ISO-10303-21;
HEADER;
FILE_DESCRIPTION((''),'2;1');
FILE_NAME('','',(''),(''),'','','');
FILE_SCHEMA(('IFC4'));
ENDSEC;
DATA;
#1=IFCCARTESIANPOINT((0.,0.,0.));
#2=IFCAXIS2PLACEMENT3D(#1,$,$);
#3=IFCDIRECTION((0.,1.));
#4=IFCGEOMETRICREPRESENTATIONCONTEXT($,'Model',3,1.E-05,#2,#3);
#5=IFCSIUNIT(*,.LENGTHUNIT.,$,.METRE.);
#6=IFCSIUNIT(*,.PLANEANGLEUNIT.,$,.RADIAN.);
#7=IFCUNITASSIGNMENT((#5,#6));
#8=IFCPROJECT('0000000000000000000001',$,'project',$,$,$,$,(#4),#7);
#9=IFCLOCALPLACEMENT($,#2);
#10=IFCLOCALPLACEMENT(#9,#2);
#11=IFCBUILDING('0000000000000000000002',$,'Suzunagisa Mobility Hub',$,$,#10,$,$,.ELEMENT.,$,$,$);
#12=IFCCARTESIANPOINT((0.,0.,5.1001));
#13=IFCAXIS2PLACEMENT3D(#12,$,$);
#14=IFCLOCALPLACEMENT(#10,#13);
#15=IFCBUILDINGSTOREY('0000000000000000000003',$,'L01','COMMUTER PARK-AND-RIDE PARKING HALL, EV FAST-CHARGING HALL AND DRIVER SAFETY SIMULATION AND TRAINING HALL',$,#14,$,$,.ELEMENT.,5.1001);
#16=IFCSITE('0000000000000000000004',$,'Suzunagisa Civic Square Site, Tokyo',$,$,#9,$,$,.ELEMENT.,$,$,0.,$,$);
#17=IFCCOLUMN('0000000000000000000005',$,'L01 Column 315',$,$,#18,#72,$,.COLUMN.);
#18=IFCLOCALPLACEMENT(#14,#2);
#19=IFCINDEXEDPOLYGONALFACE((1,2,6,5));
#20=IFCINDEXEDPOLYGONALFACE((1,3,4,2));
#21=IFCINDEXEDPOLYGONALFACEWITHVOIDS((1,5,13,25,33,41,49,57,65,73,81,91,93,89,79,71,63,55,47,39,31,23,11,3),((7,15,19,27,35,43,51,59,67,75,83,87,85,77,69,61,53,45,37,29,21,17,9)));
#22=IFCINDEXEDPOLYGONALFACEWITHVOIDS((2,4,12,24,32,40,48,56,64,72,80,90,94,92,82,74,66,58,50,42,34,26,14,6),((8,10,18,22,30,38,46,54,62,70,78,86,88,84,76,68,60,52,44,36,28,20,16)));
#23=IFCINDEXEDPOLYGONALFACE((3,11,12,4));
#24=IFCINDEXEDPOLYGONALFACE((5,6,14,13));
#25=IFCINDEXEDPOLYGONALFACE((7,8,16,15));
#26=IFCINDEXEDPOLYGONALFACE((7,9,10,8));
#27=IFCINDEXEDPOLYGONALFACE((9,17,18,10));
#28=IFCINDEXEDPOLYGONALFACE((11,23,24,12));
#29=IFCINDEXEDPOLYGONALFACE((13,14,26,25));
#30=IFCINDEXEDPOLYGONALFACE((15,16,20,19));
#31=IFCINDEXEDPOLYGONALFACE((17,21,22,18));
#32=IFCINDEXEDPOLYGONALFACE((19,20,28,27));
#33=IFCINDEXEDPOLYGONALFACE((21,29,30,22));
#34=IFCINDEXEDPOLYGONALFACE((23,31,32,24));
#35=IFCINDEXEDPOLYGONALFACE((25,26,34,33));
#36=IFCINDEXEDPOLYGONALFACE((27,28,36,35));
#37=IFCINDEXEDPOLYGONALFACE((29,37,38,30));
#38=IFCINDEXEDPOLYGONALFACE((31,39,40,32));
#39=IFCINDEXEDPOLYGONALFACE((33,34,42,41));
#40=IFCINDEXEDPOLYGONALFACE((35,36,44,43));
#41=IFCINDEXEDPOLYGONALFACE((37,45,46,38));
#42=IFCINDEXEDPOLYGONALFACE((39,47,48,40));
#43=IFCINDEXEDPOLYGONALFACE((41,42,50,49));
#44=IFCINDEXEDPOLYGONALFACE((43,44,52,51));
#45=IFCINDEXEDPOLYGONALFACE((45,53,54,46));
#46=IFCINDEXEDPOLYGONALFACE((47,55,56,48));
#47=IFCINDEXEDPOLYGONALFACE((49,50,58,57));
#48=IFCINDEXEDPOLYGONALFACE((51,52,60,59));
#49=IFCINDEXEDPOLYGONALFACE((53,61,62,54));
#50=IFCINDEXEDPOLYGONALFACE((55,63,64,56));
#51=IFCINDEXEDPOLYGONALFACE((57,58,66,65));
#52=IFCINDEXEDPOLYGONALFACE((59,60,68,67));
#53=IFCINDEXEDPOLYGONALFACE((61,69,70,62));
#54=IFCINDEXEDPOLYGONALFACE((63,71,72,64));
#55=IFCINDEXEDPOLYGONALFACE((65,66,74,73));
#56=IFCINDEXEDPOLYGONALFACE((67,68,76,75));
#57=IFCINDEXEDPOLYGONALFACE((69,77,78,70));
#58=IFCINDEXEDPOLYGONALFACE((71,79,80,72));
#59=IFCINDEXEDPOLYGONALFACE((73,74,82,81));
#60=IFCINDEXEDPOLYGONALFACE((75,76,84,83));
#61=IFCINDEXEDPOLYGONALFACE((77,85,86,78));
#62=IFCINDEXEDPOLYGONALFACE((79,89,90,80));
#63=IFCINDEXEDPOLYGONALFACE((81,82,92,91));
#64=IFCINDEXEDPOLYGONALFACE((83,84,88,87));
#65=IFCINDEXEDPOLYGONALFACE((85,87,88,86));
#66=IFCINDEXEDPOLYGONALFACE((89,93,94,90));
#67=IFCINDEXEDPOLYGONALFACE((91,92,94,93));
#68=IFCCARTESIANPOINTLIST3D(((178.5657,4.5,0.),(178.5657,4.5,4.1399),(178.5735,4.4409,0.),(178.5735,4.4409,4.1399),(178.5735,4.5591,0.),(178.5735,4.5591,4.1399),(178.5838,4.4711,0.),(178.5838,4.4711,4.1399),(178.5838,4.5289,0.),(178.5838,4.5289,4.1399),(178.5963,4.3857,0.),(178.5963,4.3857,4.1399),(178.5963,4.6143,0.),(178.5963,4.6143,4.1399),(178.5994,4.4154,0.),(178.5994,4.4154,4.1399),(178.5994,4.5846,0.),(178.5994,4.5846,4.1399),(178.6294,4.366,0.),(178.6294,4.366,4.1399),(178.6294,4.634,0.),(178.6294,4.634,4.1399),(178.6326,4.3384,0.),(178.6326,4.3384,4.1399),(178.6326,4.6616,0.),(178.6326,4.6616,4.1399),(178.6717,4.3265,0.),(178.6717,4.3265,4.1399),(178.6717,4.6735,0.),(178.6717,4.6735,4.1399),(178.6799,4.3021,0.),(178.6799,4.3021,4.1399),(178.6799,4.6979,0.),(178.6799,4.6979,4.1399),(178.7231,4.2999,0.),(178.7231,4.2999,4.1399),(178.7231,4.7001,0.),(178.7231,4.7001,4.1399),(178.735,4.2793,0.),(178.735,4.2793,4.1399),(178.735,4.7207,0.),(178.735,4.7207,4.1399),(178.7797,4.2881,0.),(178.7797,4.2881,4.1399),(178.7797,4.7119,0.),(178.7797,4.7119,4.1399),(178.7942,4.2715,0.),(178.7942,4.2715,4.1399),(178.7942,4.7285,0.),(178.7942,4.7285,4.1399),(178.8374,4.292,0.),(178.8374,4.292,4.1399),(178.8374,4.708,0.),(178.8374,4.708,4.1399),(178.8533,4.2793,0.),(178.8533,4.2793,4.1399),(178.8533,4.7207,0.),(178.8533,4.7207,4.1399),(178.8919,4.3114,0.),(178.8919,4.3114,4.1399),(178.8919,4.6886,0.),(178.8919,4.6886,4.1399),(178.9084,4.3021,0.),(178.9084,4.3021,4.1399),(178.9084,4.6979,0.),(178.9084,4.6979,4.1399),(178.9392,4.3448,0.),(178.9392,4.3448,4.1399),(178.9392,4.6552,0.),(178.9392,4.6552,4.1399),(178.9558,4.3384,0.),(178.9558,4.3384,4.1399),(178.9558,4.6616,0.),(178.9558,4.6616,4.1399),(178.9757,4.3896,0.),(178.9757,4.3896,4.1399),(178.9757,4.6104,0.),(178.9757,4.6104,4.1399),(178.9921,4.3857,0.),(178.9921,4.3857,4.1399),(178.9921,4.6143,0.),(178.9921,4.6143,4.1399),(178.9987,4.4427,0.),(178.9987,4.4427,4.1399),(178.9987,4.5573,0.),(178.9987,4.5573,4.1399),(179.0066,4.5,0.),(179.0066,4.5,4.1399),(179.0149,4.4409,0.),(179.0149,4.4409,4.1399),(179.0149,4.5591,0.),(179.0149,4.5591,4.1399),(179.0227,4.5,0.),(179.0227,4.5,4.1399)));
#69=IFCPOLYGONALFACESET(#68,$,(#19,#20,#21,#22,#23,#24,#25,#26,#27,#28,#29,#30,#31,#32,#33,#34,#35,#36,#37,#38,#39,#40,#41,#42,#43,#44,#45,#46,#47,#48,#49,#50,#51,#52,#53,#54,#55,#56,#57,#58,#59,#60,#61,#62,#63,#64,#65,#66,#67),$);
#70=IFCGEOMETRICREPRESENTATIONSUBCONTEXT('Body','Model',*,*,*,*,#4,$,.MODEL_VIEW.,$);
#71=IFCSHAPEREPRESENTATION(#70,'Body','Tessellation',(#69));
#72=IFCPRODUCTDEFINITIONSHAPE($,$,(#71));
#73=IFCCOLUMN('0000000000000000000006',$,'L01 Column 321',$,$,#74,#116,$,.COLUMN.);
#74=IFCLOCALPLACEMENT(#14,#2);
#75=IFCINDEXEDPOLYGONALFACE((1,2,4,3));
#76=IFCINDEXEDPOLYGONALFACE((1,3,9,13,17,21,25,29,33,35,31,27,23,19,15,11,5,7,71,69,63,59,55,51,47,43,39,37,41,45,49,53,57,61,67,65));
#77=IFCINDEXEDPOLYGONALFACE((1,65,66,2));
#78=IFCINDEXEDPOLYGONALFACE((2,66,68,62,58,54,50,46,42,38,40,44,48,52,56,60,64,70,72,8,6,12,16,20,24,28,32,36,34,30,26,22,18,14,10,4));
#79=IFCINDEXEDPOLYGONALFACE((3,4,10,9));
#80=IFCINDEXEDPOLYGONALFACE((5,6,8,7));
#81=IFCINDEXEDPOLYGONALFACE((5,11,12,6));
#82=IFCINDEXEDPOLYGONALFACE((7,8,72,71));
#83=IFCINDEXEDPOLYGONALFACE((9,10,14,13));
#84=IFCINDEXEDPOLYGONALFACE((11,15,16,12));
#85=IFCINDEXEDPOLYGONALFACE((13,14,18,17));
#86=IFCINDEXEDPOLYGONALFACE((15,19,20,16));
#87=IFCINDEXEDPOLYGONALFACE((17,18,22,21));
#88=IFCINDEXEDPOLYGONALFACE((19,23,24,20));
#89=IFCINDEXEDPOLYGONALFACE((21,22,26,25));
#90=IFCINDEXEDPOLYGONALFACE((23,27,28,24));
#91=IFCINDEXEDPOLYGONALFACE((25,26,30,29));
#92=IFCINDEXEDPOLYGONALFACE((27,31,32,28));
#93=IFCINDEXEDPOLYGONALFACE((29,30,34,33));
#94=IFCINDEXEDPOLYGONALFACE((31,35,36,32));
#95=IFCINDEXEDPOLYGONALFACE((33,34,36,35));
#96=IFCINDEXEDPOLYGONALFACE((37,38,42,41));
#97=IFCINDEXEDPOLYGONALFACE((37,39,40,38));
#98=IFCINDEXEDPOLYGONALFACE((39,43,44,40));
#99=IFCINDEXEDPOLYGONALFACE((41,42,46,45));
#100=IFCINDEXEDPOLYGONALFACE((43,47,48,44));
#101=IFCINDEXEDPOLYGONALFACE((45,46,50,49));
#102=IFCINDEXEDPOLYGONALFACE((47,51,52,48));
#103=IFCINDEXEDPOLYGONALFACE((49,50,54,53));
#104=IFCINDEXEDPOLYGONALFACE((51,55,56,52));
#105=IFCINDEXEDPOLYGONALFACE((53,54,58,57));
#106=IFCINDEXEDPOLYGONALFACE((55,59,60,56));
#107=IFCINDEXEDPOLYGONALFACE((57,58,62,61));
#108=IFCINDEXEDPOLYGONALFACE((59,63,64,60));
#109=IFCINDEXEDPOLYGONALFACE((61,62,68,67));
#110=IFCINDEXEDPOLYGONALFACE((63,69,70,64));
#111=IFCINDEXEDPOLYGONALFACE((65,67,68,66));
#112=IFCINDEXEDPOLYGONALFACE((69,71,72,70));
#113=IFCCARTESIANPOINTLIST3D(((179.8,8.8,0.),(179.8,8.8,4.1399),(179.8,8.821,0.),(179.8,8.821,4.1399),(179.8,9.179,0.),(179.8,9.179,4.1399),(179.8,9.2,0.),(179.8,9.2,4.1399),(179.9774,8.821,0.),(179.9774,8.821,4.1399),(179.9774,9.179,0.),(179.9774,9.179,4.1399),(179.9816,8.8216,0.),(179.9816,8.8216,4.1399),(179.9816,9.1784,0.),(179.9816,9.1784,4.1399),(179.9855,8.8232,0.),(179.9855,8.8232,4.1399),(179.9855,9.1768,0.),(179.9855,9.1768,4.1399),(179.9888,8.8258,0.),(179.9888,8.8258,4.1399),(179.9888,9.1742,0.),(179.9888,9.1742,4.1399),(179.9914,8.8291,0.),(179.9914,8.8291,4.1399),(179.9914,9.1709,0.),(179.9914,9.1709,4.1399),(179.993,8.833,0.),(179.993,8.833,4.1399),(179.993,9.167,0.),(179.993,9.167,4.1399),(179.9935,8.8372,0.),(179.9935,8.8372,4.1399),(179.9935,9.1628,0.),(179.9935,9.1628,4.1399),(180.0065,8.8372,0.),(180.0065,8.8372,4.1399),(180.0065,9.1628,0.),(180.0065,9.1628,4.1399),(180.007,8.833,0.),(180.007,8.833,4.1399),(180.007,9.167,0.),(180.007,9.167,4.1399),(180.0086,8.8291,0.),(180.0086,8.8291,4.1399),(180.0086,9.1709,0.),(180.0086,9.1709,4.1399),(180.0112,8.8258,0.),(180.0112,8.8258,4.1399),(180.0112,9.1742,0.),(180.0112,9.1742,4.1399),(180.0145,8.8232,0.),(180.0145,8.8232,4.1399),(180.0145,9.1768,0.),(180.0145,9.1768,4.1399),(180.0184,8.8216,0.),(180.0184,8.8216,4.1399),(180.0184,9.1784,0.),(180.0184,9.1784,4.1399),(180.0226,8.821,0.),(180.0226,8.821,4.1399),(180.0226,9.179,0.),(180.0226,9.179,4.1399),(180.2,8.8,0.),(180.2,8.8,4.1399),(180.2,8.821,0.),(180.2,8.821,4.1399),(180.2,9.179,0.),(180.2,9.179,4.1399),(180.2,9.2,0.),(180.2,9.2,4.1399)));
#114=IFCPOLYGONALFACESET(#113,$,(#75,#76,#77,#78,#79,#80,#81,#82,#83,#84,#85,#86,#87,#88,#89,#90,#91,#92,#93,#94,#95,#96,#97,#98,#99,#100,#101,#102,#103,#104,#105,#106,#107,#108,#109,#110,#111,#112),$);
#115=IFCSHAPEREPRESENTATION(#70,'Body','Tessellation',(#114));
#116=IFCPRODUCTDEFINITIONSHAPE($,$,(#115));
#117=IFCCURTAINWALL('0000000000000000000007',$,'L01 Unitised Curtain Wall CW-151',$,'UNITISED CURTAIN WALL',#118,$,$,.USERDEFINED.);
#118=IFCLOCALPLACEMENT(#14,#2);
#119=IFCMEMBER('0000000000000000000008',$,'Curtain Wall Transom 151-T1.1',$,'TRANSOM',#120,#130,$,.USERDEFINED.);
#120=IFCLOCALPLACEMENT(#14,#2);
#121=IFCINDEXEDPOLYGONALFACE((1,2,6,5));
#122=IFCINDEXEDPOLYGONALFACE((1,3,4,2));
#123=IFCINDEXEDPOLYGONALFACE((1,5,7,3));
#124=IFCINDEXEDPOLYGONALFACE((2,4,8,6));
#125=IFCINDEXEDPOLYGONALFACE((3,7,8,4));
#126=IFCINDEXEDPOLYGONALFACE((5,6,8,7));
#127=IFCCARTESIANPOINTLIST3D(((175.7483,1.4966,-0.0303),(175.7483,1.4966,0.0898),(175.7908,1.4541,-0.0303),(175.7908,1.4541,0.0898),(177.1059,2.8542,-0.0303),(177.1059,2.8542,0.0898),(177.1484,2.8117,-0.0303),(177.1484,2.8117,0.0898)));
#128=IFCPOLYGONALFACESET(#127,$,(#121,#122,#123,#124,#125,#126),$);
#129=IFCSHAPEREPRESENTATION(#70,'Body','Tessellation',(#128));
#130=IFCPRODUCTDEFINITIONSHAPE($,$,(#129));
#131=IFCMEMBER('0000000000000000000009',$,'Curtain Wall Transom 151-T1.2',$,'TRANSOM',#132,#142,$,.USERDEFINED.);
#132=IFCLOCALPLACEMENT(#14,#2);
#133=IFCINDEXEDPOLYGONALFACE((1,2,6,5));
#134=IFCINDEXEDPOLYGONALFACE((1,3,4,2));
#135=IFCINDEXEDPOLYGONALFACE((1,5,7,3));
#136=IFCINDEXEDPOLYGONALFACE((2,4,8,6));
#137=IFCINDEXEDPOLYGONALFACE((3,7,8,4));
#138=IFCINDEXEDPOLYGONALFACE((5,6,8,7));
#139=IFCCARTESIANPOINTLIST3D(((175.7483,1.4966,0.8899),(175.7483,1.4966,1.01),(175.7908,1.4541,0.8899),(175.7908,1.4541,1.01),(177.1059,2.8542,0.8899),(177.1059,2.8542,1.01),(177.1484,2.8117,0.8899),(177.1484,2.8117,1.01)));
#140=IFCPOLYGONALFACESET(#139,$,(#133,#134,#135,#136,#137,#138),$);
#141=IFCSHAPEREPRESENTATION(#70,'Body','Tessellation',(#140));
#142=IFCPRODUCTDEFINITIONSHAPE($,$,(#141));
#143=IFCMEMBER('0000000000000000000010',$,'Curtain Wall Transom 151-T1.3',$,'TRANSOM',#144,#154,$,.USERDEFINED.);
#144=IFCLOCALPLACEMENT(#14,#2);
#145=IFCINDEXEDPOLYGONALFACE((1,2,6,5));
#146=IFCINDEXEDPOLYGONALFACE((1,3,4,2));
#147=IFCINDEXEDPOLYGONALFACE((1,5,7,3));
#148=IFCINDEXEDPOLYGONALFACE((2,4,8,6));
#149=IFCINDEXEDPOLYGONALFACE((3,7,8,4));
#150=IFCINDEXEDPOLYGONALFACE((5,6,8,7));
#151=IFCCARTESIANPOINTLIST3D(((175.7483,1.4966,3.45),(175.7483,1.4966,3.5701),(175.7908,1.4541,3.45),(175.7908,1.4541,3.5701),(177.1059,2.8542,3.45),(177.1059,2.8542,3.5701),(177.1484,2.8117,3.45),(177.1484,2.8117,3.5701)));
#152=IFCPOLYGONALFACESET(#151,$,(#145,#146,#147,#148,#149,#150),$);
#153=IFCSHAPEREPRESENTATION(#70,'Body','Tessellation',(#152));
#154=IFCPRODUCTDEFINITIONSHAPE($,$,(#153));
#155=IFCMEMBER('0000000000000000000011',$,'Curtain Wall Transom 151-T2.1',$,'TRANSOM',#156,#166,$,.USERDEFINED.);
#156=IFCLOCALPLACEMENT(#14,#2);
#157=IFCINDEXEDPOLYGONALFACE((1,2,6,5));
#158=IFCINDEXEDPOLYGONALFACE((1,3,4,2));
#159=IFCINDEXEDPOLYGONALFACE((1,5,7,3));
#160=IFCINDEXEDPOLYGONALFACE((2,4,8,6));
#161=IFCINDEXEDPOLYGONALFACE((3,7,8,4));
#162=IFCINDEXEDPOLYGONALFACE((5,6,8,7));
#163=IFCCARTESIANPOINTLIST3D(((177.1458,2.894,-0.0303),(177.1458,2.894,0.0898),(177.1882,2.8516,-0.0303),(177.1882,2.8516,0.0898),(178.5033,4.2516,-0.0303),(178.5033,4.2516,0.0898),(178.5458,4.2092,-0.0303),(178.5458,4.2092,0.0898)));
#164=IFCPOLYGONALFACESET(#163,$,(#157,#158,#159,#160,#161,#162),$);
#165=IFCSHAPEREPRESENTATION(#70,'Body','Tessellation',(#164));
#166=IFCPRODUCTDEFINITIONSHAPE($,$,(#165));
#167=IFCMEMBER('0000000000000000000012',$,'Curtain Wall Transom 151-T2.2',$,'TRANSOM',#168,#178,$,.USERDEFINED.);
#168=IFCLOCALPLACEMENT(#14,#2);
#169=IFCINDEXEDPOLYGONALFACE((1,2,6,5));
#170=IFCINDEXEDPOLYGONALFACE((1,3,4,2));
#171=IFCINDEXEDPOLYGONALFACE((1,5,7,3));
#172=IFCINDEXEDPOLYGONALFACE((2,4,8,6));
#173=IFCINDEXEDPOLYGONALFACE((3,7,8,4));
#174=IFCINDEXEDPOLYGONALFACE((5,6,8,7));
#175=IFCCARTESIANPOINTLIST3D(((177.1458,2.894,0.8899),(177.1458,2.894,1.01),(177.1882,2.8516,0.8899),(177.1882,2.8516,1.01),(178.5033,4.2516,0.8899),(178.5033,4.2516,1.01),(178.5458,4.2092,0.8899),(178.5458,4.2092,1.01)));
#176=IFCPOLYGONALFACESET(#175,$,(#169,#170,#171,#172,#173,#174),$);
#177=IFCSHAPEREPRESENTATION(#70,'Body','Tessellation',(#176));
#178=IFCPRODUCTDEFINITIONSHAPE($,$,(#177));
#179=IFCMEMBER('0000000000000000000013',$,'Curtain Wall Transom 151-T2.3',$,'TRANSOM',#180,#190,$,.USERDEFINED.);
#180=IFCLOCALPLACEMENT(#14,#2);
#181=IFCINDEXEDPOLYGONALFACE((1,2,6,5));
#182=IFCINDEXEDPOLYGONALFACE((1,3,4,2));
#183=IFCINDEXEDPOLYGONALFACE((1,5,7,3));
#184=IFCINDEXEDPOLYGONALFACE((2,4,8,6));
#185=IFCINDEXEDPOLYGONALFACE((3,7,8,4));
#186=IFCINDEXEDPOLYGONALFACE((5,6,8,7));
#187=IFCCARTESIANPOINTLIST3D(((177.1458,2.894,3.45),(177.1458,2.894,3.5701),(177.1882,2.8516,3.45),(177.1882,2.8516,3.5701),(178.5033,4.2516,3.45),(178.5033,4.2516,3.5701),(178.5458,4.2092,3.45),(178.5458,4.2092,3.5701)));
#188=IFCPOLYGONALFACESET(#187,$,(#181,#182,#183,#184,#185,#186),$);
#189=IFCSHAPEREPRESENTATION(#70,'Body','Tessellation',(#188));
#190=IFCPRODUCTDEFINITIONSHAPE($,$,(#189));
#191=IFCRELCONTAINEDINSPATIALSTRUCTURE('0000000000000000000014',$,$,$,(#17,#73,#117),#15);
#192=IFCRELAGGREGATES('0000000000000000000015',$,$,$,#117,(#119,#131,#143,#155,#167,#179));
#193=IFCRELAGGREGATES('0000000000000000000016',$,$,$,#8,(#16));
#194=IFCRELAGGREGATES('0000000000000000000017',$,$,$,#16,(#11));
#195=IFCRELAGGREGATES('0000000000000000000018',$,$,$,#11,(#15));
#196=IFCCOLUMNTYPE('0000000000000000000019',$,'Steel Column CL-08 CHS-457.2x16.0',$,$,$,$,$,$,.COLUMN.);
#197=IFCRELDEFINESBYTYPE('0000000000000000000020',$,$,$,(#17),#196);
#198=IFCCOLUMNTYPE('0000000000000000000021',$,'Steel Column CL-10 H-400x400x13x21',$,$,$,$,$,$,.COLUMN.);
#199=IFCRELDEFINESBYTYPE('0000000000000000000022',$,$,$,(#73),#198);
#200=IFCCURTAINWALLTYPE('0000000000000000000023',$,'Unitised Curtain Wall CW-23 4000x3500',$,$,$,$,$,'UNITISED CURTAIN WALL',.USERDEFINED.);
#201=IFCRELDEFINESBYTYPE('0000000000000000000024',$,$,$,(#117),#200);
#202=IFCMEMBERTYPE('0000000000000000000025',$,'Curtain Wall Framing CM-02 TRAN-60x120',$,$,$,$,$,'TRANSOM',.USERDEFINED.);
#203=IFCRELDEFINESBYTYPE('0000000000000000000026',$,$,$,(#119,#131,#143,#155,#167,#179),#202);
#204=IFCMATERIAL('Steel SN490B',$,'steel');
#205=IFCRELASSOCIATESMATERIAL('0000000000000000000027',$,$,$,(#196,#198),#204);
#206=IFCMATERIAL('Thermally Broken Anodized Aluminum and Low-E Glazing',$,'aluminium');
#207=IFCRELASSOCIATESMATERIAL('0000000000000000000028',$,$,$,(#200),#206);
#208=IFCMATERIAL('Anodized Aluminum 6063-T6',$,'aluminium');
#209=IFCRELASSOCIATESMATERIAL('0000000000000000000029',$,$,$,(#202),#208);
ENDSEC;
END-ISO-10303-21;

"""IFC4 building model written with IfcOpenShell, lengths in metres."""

from ifc_helpers import new_model, si_unit, direction, frame, origin, origin_2d, place, context, subcontext, project, spatial, rectangle, hollow_circle, i_section, extrude, material, material_profile, profile_set, type_object, element, aggregate, save


model = new_model("IFC4")

# Units and contexts
model_context = context("Model", 3, precision=1e-05, world=origin(), true_north=direction((0.0, 1.0)))
body_context = subcontext(model_context, "Body", "Model", "MODEL_VIEW")
ifc_project = project(units=[si_unit("LENGTHUNIT", "METRE"), si_unit("PLANEANGLEUNIT", "RADIAN")], contexts=[model_context])

# Site, building, storey
site_placement = place(None, origin())
site = spatial("IfcSite", under=ifc_project, at=site_placement, Name="Suzunagisa Civic Square Site, Tokyo", CompositionType="ELEMENT", RefElevation=0.0)
building_placement = place(site_placement, origin())
building = spatial("IfcBuilding", under=site, at=building_placement, Name="Suzunagisa Mobility Hub", CompositionType="ELEMENT")
storey_placement = place(building_placement, frame((0.0, 0.0, 5.1001)))
storey = spatial("IfcBuildingStorey", under=building, at=storey_placement, Name="L01", Description="COMMUTER PARK-AND-RIDE PARKING HALL, EV FAST-CHARGING HALL AND DRIVER SAFETY SIMULATION AND TRAINING HALL", CompositionType="ELEMENT", Elevation=5.1001)

# Columns
ifc_material_1 = material(Name="Steel SN490B", Category="steel")
ifc_material_profile_1 = material_profile(ifc_material_1, hollow_circle(Radius=0.2285, WallThickness=0.0161, at=origin_2d()), Name="CHS-457.2x16.0")
ifc_profile_set_1 = profile_set([ifc_material_profile_1], Name="Steel SN490B")
column_type_1 = type_object("IfcColumnType", Name="Steel Column CL-08 CHS-457.2x16.0", PredefinedType="COLUMN", material=ifc_profile_set_1)
column_1_placement = place(storey_placement, frame((178.7942, 4.5, 0.0), z_axis=(0.0, 0.0, 1.0), x_axis=(1.0, 0.0, 0.0)))
element("IfcColumn", 1, at=column_1_placement, inside=storey, type_object=column_type_1, Name="L01 Column 315", PredefinedType="COLUMN", context=body_context, shape_type="SweptSolid", body=[
    extrude(hollow_circle(Radius=0.2285, WallThickness=0.0161, at=origin_2d()), origin(), (0.0, 0.0, 1.0), 4.1399),
])
ifc_material_profile_2 = material_profile(ifc_material_1, i_section(OverallWidth=0.3999, OverallDepth=0.3999, WebThickness=0.0129, FlangeThickness=0.021, FilletRadius=0.0161, at=origin_2d()), Name="H-400x400x13x21")
ifc_profile_set_2 = profile_set([ifc_material_profile_2], Name="Steel SN490B")
column_type_2 = type_object("IfcColumnType", Name="Steel Column CL-10 H-400x400x13x21", PredefinedType="COLUMN", material=ifc_profile_set_2)
column_2_placement = place(storey_placement, frame((180.0, 9.0, 0.0), z_axis=(0.0, 0.0, 1.0), x_axis=(1.0, 0.0, 0.0)))
element("IfcColumn", 2, at=column_2_placement, inside=storey, type_object=column_type_2, Name="L01 Column 321", PredefinedType="COLUMN", context=body_context, shape_type="SweptSolid", body=[
    extrude(i_section(OverallWidth=0.3999, OverallDepth=0.3999, WebThickness=0.0129, FlangeThickness=0.021, FilletRadius=0.0161, at=origin_2d()), origin(), (0.0, 0.0, 1.0), 4.1399),
])

# Curtain wall, members
ifc_material_2 = material(Name="Thermally Broken Anodized Aluminum and Low-E Glazing", Category="aluminium")
curtain_wall_type_1 = type_object("IfcCurtainWallType", Name="Unitised Curtain Wall CW-23 4000x3500", ElementType="UNITISED CURTAIN WALL", PredefinedType="USERDEFINED", material=ifc_material_2)
curtain_wall_1_placement = place(storey_placement, origin())
curtain_wall_1 = element("IfcCurtainWall", 3, at=curtain_wall_1_placement, inside=storey, type_object=curtain_wall_type_1, Name="L01 Unitised Curtain Wall CW-151", ObjectType="UNITISED CURTAIN WALL", PredefinedType="USERDEFINED")
ifc_material_3 = material(Name="Anodized Aluminum 6063-T6", Category="aluminium")
ifc_material_profile_3 = material_profile(ifc_material_3, rectangle(XDim=0.0601, YDim=0.1201, at=origin_2d()), Name="TRAN-60x120")
ifc_profile_set_3 = profile_set([ifc_material_profile_3], Name="Anodized Aluminum 6063-T6")
member_type_1 = type_object("IfcMemberType", Name="Curtain Wall Framing CM-02 TRAN-60x120", ElementType="TRANSOM", PredefinedType="USERDEFINED", material=ifc_profile_set_3)
member_1_placement = place(storey_placement, frame((175.7695, 1.4753, 0.0298), z_axis=(0.707107, 0.707107, 0.0), x_axis=(-0.707107, 0.707107, 0.0)))
member_1 = element("IfcMember", 4, at=member_1_placement, type_object=member_type_1, Name="Curtain Wall Transom 151-T1.1", ObjectType="TRANSOM", PredefinedType="USERDEFINED", context=body_context, shape_type="SweptSolid", body=[
    extrude(rectangle(XDim=0.0601, YDim=0.1201, at=origin_2d()), origin(), (0.0, 0.0, 1.0), 1.9199),
])
member_2_placement = place(storey_placement, frame((175.7695, 1.4753, 0.95), z_axis=(0.707107, 0.707107, 0.0), x_axis=(-0.707107, 0.707107, 0.0)))
member_2 = element("IfcMember", 5, at=member_2_placement, type_object=member_type_1, Name="Curtain Wall Transom 151-T1.2", ObjectType="TRANSOM", PredefinedType="USERDEFINED", context=body_context, shape_type="SweptSolid", body=[
    extrude(rectangle(XDim=0.0601, YDim=0.1201, at=origin_2d()), origin(), (0.0, 0.0, 1.0), 1.9199),
])
member_3_placement = place(storey_placement, frame((175.7695, 1.4753, 3.51), z_axis=(0.707107, 0.707107, 0.0), x_axis=(-0.707107, 0.707107, 0.0)))
member_3 = element("IfcMember", 6, at=member_3_placement, type_object=member_type_1, Name="Curtain Wall Transom 151-T1.3", ObjectType="TRANSOM", PredefinedType="USERDEFINED", context=body_context, shape_type="SweptSolid", body=[
    extrude(rectangle(XDim=0.0601, YDim=0.1201, at=origin_2d()), origin(), (0.0, 0.0, 1.0), 1.9199),
])
member_4_placement = place(storey_placement, frame((177.167, 2.8728, 0.0298), z_axis=(0.707107, 0.707107, 0.0), x_axis=(-0.707107, 0.707107, 0.0)))
member_4 = element("IfcMember", 7, at=member_4_placement, type_object=member_type_1, Name="Curtain Wall Transom 151-T2.1", ObjectType="TRANSOM", PredefinedType="USERDEFINED", context=body_context, shape_type="SweptSolid", body=[
    extrude(rectangle(XDim=0.0601, YDim=0.1201, at=origin_2d()), origin(), (0.0, 0.0, 1.0), 1.9199),
])
member_5_placement = place(storey_placement, frame((177.167, 2.8728, 0.95), z_axis=(0.707107, 0.707107, 0.0), x_axis=(-0.707107, 0.707107, 0.0)))
member_5 = element("IfcMember", 8, at=member_5_placement, type_object=member_type_1, Name="Curtain Wall Transom 151-T2.2", ObjectType="TRANSOM", PredefinedType="USERDEFINED", context=body_context, shape_type="SweptSolid", body=[
    extrude(rectangle(XDim=0.0601, YDim=0.1201, at=origin_2d()), origin(), (0.0, 0.0, 1.0), 1.9199),
])
member_6_placement = place(storey_placement, frame((177.167, 2.8728, 3.51), z_axis=(0.707107, 0.707107, 0.0), x_axis=(-0.707107, 0.707107, 0.0)))
member_6 = element("IfcMember", 9, at=member_6_placement, type_object=member_type_1, Name="Curtain Wall Transom 151-T2.3", ObjectType="TRANSOM", PredefinedType="USERDEFINED", context=body_context, shape_type="SweptSolid", body=[
    extrude(rectangle(XDim=0.0601, YDim=0.1201, at=origin_2d()), origin(), (0.0, 0.0, 1.0), 1.9199),
])

aggregate(curtain_wall_1, [member_1, member_2, member_3, member_4, member_5, member_6])

save(model, "model.ifc")
